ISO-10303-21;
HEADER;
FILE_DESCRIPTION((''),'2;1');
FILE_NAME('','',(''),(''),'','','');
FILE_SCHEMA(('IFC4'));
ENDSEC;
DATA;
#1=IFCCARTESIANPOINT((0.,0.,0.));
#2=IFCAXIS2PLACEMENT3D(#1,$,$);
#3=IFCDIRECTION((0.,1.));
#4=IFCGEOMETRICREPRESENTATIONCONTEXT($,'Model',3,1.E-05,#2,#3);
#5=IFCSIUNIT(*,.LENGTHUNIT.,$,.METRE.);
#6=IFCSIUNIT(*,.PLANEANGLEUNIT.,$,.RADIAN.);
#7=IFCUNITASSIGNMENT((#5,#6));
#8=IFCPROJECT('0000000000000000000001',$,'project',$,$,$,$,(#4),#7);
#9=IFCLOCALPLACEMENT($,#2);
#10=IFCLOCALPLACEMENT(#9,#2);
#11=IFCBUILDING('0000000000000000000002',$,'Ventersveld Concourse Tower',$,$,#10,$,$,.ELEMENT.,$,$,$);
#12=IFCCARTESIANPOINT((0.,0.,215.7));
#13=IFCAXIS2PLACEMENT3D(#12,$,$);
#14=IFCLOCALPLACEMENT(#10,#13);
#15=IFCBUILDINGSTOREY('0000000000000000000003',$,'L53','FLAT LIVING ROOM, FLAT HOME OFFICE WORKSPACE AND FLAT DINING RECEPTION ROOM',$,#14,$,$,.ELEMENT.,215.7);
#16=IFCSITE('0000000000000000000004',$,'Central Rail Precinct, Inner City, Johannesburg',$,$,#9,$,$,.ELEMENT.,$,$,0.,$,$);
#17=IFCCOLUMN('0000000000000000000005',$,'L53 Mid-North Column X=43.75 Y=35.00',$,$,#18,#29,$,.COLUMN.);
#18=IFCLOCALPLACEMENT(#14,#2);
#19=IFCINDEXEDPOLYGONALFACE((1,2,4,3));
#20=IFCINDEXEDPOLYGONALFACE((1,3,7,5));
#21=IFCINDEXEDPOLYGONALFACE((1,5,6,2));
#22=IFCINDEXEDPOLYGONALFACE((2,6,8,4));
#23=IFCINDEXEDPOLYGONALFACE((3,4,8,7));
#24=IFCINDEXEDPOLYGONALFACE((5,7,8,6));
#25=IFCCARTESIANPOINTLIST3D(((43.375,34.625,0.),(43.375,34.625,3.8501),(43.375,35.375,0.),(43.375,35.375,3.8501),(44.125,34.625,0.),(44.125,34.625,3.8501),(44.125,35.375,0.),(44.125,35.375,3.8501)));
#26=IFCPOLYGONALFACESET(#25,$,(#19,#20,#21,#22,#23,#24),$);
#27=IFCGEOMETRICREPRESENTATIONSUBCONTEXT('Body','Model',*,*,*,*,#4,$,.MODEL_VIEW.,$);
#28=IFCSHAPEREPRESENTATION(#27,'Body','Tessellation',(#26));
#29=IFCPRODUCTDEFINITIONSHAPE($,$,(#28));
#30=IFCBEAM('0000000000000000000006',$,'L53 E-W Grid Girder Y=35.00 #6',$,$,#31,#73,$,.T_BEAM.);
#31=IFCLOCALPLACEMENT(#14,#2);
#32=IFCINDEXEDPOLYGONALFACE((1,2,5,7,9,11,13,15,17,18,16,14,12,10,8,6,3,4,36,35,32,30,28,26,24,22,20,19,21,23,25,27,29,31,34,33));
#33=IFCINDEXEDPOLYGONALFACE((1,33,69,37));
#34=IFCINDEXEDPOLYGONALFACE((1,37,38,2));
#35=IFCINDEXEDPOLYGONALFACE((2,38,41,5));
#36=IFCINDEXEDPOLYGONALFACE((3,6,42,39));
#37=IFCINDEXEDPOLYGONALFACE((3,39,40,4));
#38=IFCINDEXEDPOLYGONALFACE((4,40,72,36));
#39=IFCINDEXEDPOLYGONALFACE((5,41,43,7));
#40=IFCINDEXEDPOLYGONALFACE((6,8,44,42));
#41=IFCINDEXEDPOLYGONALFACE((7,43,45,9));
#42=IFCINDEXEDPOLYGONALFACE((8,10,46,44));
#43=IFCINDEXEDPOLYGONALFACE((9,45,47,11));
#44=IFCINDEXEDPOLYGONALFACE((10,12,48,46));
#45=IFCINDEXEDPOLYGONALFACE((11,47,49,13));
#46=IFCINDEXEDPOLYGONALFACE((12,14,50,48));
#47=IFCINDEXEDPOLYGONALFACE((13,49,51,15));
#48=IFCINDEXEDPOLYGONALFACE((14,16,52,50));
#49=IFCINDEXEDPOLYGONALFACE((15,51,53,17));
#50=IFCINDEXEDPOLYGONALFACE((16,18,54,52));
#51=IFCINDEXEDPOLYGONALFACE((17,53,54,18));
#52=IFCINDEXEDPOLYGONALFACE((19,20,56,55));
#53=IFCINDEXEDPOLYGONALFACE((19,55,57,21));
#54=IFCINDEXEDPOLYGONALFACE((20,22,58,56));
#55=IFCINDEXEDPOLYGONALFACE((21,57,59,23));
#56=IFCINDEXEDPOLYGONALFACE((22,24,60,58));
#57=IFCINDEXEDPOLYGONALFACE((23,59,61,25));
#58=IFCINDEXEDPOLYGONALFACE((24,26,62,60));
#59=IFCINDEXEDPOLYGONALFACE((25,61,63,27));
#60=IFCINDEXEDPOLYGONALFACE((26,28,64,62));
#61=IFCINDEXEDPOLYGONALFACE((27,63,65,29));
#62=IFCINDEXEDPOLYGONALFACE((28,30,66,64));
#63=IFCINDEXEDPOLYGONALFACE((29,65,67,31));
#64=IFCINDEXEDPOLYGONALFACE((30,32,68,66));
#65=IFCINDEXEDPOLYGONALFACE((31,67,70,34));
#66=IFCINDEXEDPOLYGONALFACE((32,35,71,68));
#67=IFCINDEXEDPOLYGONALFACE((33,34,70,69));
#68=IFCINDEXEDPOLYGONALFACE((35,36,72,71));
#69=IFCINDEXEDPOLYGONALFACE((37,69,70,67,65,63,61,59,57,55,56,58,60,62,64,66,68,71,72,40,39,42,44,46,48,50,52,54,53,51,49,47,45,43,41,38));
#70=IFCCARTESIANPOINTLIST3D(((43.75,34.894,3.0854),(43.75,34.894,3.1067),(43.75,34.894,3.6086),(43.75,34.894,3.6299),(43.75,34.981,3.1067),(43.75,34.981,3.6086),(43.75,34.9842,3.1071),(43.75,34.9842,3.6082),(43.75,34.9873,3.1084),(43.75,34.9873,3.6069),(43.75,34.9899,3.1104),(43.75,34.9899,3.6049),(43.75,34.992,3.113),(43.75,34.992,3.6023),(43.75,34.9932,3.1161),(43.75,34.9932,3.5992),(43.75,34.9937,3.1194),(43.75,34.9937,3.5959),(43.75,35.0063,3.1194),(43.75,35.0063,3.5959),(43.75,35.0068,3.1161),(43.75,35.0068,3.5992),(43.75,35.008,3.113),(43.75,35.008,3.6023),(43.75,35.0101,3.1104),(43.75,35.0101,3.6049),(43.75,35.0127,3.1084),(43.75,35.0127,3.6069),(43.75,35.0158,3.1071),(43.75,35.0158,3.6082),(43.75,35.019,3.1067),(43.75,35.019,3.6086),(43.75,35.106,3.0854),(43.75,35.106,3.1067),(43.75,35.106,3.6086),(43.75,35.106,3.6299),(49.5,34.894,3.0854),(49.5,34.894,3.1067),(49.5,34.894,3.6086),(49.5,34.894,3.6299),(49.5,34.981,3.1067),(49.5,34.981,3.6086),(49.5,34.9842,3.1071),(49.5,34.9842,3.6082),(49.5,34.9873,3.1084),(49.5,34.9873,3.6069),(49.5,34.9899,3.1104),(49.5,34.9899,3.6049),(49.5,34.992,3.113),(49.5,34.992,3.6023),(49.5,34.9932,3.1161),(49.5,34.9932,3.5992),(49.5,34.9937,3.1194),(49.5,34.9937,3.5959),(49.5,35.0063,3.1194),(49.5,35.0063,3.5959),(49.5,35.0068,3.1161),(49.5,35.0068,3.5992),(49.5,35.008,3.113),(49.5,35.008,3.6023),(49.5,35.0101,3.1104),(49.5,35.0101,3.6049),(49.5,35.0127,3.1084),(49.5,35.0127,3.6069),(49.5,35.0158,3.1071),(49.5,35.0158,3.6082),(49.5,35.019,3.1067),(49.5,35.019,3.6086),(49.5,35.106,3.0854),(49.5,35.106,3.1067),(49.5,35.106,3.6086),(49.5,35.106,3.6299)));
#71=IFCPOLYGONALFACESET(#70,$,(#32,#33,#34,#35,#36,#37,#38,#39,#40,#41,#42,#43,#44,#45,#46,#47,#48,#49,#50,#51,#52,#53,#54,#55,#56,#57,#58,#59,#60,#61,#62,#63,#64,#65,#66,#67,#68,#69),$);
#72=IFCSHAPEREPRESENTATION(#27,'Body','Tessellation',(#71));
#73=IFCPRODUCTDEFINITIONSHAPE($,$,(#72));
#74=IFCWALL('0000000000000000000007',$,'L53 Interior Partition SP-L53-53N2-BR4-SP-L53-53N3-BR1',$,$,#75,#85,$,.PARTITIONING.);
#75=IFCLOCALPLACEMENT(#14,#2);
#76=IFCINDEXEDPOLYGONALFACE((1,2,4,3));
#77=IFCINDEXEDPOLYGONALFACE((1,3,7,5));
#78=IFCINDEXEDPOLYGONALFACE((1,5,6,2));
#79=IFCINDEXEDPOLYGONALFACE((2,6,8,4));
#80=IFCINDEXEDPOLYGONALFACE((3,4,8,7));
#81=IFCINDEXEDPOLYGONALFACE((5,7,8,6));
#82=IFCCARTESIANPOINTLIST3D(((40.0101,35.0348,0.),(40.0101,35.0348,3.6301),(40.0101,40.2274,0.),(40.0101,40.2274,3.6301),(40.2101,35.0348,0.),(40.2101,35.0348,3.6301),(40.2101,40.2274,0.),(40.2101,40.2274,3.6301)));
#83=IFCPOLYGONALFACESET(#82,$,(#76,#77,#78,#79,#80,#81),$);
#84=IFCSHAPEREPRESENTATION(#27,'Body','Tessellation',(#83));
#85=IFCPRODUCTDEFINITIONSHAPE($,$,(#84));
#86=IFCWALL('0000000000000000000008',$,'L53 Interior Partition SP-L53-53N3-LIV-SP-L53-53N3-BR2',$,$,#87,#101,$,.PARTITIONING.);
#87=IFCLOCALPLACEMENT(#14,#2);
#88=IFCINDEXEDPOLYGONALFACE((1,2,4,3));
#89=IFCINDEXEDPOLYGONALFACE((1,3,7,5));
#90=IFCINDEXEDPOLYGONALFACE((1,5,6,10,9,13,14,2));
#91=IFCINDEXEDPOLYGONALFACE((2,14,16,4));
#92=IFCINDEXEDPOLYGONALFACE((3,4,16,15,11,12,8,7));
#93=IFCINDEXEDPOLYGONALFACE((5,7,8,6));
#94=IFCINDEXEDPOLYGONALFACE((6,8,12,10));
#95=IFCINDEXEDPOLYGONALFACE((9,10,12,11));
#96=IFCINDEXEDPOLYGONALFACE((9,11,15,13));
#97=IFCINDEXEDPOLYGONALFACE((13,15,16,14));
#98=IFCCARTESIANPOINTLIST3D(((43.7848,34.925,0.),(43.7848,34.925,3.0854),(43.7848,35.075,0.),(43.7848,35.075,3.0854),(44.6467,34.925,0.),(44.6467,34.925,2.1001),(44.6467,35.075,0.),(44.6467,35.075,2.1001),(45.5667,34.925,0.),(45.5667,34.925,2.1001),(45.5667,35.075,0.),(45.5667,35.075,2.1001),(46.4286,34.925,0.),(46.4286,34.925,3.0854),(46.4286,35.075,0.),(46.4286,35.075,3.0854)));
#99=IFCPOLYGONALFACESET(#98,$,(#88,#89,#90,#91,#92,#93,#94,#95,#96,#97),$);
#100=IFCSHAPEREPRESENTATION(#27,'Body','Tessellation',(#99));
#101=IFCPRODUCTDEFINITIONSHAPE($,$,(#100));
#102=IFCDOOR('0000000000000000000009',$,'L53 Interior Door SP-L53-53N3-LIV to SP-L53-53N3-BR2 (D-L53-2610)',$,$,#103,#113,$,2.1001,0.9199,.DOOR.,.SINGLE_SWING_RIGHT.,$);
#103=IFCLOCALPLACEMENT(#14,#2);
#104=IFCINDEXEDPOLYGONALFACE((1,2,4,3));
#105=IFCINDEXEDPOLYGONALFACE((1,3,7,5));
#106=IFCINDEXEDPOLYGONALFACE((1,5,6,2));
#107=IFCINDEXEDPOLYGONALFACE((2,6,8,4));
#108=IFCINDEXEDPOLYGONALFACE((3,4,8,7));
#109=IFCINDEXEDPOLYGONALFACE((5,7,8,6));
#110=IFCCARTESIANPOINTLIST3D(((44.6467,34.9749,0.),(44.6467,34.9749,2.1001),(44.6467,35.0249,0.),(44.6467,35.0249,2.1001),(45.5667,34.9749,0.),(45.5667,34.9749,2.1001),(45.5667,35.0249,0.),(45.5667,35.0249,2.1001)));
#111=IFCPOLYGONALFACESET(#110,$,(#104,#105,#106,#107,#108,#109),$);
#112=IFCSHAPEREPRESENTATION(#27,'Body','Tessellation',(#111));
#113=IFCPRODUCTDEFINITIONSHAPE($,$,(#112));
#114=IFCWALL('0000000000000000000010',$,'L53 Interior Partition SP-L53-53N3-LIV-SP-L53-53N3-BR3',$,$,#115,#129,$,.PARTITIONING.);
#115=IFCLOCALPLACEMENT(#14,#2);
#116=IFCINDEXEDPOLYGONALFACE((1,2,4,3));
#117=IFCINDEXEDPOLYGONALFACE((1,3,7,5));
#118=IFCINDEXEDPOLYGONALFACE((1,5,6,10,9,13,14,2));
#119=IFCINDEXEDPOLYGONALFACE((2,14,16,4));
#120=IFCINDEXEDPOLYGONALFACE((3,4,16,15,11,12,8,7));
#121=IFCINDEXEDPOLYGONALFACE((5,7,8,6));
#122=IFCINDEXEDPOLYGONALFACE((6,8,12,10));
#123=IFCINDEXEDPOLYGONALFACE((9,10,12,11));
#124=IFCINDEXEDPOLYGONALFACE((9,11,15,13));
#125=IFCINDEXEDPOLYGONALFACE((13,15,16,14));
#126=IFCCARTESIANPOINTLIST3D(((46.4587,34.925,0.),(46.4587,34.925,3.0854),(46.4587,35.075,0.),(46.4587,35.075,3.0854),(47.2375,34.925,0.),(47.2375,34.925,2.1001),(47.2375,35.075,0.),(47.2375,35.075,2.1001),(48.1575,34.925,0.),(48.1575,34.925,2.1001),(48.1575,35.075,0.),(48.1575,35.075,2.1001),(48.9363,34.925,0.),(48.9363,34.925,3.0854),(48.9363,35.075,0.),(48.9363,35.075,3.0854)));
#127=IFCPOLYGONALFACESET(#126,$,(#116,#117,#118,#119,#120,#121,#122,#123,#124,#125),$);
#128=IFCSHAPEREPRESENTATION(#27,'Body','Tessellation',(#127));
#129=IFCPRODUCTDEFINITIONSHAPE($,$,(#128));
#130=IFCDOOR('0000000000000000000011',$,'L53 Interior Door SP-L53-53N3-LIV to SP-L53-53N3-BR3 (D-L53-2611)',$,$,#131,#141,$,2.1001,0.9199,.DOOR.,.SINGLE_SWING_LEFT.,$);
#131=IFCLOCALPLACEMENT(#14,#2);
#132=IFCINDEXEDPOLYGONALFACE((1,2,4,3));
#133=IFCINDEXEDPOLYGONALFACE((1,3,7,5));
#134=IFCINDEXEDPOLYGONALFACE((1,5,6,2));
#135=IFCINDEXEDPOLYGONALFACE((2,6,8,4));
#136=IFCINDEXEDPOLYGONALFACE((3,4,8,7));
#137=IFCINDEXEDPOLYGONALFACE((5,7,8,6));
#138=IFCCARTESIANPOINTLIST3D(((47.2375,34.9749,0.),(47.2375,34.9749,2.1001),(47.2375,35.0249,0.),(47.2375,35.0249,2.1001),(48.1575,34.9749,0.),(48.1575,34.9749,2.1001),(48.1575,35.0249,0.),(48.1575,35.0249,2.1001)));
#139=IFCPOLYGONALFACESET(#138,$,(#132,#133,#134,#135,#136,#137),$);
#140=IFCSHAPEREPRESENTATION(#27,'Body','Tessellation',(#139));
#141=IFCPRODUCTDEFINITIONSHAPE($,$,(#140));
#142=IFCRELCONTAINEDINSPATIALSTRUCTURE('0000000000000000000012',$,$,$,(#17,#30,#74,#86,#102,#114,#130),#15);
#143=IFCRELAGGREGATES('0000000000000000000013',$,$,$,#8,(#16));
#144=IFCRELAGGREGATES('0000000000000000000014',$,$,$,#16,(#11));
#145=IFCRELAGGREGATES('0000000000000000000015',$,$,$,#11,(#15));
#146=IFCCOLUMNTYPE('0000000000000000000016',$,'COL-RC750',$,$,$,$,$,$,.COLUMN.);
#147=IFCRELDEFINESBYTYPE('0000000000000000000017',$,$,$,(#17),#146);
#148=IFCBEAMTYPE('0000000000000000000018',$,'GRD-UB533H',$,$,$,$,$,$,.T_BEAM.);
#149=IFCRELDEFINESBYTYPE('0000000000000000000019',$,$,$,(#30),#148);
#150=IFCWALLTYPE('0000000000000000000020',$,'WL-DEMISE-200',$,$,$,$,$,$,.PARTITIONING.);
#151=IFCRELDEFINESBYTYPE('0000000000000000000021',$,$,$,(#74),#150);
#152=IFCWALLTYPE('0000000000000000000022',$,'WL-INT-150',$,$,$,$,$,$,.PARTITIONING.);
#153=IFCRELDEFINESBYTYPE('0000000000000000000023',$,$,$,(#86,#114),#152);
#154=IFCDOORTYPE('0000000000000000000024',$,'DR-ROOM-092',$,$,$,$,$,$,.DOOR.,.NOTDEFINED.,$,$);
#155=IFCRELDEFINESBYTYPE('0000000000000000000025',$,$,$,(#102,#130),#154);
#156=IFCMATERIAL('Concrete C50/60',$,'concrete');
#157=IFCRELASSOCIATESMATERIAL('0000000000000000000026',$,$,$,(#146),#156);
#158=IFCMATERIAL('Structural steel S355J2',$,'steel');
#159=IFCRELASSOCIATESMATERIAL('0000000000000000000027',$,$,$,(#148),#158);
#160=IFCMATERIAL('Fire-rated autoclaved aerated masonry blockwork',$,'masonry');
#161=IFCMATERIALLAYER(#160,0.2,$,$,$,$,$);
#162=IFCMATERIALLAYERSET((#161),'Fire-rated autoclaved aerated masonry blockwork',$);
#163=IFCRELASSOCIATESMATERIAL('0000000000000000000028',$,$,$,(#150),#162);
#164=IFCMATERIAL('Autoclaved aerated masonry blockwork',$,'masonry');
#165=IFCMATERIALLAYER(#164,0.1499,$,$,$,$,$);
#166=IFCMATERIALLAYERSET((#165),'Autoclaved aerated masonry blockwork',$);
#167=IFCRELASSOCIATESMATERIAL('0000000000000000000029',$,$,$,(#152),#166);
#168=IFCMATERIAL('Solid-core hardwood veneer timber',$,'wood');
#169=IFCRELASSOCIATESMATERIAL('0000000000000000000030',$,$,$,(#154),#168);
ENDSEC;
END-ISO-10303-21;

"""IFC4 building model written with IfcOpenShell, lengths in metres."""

from ifc_helpers import new_model, si_unit, direction, frame, frame_2d, origin, origin_2d, place, context, subcontext, project, spatial, rectangle, i_section, extrude, material, layer, layer_set, material_profile, profile_set, type_object, element, fill, save


model = new_model("IFC4")

# Units and contexts
model_context = context("Model", 3, precision=1e-05, world=origin(), true_north=direction((0.0, 1.0)))
body_context = subcontext(model_context, "Body", "Model", "MODEL_VIEW")
ifc_project = project(units=[si_unit("LENGTHUNIT", "METRE"), si_unit("PLANEANGLEUNIT", "RADIAN")], contexts=[model_context])

# Site, building, storey
site_placement = place(None, origin())
site = spatial("IfcSite", under=ifc_project, at=site_placement, Name="Central Rail Precinct, Inner City, Johannesburg", CompositionType="ELEMENT", RefElevation=0.0)
building_placement = place(site_placement, origin())
building = spatial("IfcBuilding", under=site, at=building_placement, Name="Ventersveld Concourse Tower", CompositionType="ELEMENT")
storey_placement = place(building_placement, frame((0.0, 0.0, 215.7)))
storey = spatial("IfcBuildingStorey", under=building, at=storey_placement, Name="L53", Description="FLAT LIVING ROOM, FLAT HOME OFFICE WORKSPACE AND FLAT DINING RECEPTION ROOM", CompositionType="ELEMENT", Elevation=215.7)

# Column
ifc_material_1 = material(Name="Concrete C50/60", Category="concrete")
ifc_material_profile_1 = material_profile(ifc_material_1, rectangle(XDim=0.75, YDim=0.75, at=origin_2d()), Name="RC 750x750")
ifc_profile_set_1 = profile_set([ifc_material_profile_1], Name="Concrete C50/60")
column_type = type_object("IfcColumnType", Name="COL-RC750", PredefinedType="COLUMN", material=ifc_profile_set_1)
column_placement = place(storey_placement, frame((43.75, 35.0, 0.0), z_axis=(0.0, 0.0, 1.0), x_axis=(1.0, 0.0, 0.0)))
element("IfcColumn", 1, at=column_placement, inside=storey, type_object=column_type, Name="L53 Mid-North Column X=43.75 Y=35.00", PredefinedType="COLUMN", context=body_context, shape_type="SweptSolid", body=[
    extrude(rectangle(XDim=0.75, YDim=0.75, at=origin_2d()), origin(), (0.0, 0.0, 1.0), 3.8501),
])

# Beam
ifc_material_2 = material(Name="Structural steel S355J2", Category="steel")
ifc_material_profile_2 = material_profile(ifc_material_2, i_section(OverallWidth=0.2119, OverallDepth=0.5444, WebThickness=0.0127, FlangeThickness=0.0212, FilletRadius=0.0127, at=origin_2d()), Name="UB 533x210x122")
ifc_profile_set_2 = profile_set([ifc_material_profile_2], Name="Structural steel S355J2")
beam_type = type_object("IfcBeamType", Name="GRD-UB533H", PredefinedType="T_BEAM", material=ifc_profile_set_2)
beam_placement = place(storey_placement, frame((43.75, 35.0, 3.3577), z_axis=(1.0, 0.0, 0.0), x_axis=(0.0, 1.0, 0.0)))
element("IfcBeam", 2, at=beam_placement, inside=storey, type_object=beam_type, Name="L53 E-W Grid Girder Y=35.00 #6", PredefinedType="T_BEAM", context=body_context, shape_type="SweptSolid", body=[
    extrude(i_section(OverallWidth=0.2119, OverallDepth=0.5444, WebThickness=0.0127, FlangeThickness=0.0212, FilletRadius=0.0127, at=origin_2d()), origin(), (0.0, 0.0, 1.0), 5.75),
])

# Wall
ifc_material_3 = material(Name="Fire-rated autoclaved aerated masonry blockwork", Category="masonry")
ifc_layer_1 = layer(ifc_material_3, 0.2)
ifc_layer_set_1 = layer_set([ifc_layer_1], Name="Fire-rated autoclaved aerated masonry blockwork")
wall_type_1 = type_object("IfcWallType", Name="WL-DEMISE-200", PredefinedType="PARTITIONING", material=ifc_layer_set_1)
wall_1_placement = place(storey_placement, frame((40.1101, 35.0349, 0.0), z_axis=(0.0, 0.0, 1.0), x_axis=(0.0, 1.0, 0.0)))
element("IfcWall", 3, at=wall_1_placement, inside=storey, type_object=wall_type_1, Name="L53 Interior Partition SP-L53-53N2-BR4-SP-L53-53N3-BR1", PredefinedType="PARTITIONING", context=body_context, shape_type="SweptSolid", body=[
    extrude(rectangle(XDim=5.1926, YDim=0.2, at=frame_2d((2.5962, 0.0))), origin(), (0.0, 0.0, 1.0), 3.6301),
])

# Walls, openings, doors
ifc_material_4 = material(Name="Autoclaved aerated masonry blockwork", Category="masonry")
ifc_layer_2 = layer(ifc_material_4, 0.1499)
ifc_layer_set_2 = layer_set([ifc_layer_2], Name="Autoclaved aerated masonry blockwork")
wall_type_2 = type_object("IfcWallType", Name="WL-INT-150", PredefinedType="PARTITIONING", material=ifc_layer_set_2)
wall_2_placement = place(storey_placement, frame((43.7849, 35.0, 0.0), z_axis=(0.0, 0.0, 1.0), x_axis=(1.0, 0.0, 0.0)))
wall_2 = element("IfcWall", 4, at=wall_2_placement, inside=storey, type_object=wall_type_2, Name="L53 Interior Partition SP-L53-53N3-LIV-SP-L53-53N3-BR2", PredefinedType="PARTITIONING", context=body_context, shape_type="SweptSolid", body=[
    extrude(rectangle(XDim=2.6438, YDim=0.1499, at=frame_2d((1.3218, 0.0))), origin(), (0.0, 0.0, 1.0), 3.0854),
])
opening_1_placement = place(wall_2_placement, frame((0.8618, 0.0, 0.0)))
opening_1 = element("IfcOpeningElement", 5, at=opening_1_placement, cuts=wall_2, PredefinedType="OPENING", context=body_context, shape_type="SweptSolid", body=[
    extrude(rectangle(XDim=0.9199, YDim=2.1001, at=frame_2d((0.46, 1.05))), frame((0.0, 0.085, 0.0), z_axis=(0.0, -1.0, 0.0), x_axis=(1.0, 0.0, 0.0)), (0.0, 0.0, 1.0), 0.1699),
])
ifc_material_5 = material(Name="Solid-core hardwood veneer timber", Category="wood")
door_type = type_object("IfcDoorType", Name="DR-ROOM-092", OperationType="NOTDEFINED", PredefinedType="DOOR", material=ifc_material_5)
door_1_placement = place(opening_1_placement, origin())
door_1 = element("IfcDoor", 6, at=door_1_placement, inside=storey, type_object=door_type, Name="L53 Interior Door SP-L53-53N3-LIV to SP-L53-53N3-BR2 (D-L53-2610)", OperationType="SINGLE_SWING_RIGHT", OverallHeight=2.1001, OverallWidth=0.9199, PredefinedType="DOOR", context=body_context, shape_type="SweptSolid", body=[
    extrude(rectangle(XDim=0.9199, YDim=2.1001, at=frame_2d((0.46, 1.05))), frame((0.0, 0.0249, 0.0), z_axis=(0.0, -1.0, 0.0), x_axis=(1.0, 0.0, 0.0)), (0.0, 0.0, 1.0), 0.05),
])
fill(opening_1, door_1)
wall_3_placement = place(storey_placement, frame((46.4587, 35.0, 0.0), z_axis=(0.0, 0.0, 1.0), x_axis=(1.0, 0.0, 0.0)))
wall_3 = element("IfcWall", 7, at=wall_3_placement, inside=storey, type_object=wall_type_2, Name="L53 Interior Partition SP-L53-53N3-LIV-SP-L53-53N3-BR3", PredefinedType="PARTITIONING", context=body_context, shape_type="SweptSolid", body=[
    extrude(rectangle(XDim=2.4775, YDim=0.1499, at=frame_2d((1.2388, 0.0))), origin(), (0.0, 0.0, 1.0), 3.0854),
])
opening_2_placement = place(wall_3_placement, frame((0.7788, 0.0, 0.0)))
opening_2 = element("IfcOpeningElement", 8, at=opening_2_placement, cuts=wall_3, PredefinedType="OPENING", context=body_context, shape_type="SweptSolid", body=[
    extrude(rectangle(XDim=0.9199, YDim=2.1001, at=frame_2d((0.46, 1.05))), frame((0.0, 0.085, 0.0), z_axis=(0.0, -1.0, 0.0), x_axis=(1.0, 0.0, 0.0)), (0.0, 0.0, 1.0), 0.1699),
])
door_2_placement = place(opening_2_placement, origin())
door_2 = element("IfcDoor", 9, at=door_2_placement, inside=storey, type_object=door_type, Name="L53 Interior Door SP-L53-53N3-LIV to SP-L53-53N3-BR3 (D-L53-2611)", OperationType="SINGLE_SWING_LEFT", OverallHeight=2.1001, OverallWidth=0.9199, PredefinedType="DOOR", context=body_context, shape_type="SweptSolid", body=[
    extrude(rectangle(XDim=0.9199, YDim=2.1001, at=frame_2d((0.46, 1.05))), frame((0.0, 0.0249, 0.0), z_axis=(0.0, -1.0, 0.0), x_axis=(1.0, 0.0, 0.0)), (0.0, 0.0, 1.0), 0.05),
])
fill(opening_2, door_2)

save(model, "model.ifc")
